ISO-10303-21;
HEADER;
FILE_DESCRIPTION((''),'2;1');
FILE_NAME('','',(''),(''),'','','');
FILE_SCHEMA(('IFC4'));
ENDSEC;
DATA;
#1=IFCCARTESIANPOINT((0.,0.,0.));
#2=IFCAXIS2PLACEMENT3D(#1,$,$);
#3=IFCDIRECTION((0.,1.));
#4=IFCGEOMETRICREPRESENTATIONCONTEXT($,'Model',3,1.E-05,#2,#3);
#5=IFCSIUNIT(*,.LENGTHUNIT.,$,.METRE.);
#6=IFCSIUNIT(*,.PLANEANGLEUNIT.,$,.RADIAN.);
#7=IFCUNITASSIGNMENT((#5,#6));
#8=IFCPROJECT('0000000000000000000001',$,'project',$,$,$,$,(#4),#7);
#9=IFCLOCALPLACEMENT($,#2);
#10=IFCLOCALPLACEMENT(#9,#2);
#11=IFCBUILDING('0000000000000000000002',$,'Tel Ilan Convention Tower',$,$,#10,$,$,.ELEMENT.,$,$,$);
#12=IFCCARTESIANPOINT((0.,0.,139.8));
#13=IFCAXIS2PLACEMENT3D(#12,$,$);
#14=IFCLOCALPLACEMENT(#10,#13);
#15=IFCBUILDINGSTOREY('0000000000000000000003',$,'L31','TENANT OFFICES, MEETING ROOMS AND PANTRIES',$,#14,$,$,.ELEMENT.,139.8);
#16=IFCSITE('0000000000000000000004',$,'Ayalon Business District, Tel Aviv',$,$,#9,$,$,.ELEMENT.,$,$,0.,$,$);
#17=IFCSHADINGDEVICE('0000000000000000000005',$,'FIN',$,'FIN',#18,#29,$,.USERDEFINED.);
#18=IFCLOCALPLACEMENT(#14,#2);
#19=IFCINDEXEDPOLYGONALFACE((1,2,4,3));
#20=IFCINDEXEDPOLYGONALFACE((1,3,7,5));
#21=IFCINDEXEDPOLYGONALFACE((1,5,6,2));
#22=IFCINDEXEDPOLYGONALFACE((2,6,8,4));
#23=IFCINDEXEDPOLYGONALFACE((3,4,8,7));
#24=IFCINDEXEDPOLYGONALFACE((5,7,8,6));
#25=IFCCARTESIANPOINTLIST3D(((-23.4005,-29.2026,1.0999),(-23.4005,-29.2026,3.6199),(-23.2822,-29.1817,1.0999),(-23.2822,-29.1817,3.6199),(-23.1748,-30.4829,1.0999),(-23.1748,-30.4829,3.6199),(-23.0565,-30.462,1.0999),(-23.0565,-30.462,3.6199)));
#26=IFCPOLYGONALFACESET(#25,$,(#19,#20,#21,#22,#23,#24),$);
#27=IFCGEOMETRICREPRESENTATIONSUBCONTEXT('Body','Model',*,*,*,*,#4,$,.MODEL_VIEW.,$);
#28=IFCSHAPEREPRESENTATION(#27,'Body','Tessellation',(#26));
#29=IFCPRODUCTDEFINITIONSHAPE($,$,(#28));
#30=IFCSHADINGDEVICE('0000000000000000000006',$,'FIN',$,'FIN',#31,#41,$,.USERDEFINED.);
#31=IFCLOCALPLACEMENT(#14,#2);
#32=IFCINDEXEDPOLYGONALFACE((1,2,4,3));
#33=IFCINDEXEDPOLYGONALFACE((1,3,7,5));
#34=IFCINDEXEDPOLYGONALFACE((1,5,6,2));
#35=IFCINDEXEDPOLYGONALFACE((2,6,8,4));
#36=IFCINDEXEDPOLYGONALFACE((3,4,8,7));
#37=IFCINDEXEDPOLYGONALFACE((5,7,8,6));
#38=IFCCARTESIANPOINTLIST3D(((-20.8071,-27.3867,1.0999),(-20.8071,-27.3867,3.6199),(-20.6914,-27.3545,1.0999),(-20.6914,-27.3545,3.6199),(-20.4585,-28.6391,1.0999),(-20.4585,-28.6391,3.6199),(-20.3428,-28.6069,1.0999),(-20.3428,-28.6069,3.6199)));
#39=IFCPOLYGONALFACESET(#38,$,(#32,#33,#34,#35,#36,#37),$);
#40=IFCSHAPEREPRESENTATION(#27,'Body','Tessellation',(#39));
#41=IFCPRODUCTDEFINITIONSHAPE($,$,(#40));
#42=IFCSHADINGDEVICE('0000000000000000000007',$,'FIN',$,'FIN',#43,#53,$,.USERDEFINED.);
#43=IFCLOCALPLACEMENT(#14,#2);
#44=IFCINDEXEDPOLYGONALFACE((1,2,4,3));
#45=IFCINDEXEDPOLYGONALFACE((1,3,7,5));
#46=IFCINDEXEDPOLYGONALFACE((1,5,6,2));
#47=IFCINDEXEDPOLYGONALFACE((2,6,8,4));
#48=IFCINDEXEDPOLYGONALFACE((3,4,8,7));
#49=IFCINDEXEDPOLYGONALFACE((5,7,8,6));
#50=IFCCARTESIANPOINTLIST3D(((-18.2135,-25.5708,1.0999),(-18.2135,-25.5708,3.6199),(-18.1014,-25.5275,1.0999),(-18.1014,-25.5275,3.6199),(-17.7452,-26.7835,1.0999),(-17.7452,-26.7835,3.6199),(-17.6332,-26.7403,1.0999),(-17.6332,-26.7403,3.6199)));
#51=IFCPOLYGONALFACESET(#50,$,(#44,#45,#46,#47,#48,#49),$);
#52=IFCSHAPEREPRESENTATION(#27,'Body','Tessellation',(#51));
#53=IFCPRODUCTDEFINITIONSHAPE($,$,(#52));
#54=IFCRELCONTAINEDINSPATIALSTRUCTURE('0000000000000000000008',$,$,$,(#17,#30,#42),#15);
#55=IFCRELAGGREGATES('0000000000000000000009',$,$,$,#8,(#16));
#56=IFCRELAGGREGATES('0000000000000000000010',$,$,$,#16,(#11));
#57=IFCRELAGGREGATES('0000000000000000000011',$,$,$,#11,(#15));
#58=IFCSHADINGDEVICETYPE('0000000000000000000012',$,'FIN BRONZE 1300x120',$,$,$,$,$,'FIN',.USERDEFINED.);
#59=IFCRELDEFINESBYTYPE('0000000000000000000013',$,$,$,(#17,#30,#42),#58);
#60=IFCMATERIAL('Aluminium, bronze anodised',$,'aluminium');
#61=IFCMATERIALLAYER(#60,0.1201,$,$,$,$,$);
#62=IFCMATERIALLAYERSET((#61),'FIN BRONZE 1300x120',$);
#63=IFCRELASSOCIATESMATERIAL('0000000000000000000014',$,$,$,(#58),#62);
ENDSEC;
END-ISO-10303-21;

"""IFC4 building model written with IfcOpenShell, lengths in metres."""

from ifc_helpers import new_model, si_unit, direction, frame, origin, origin_2d, place, context, subcontext, project, spatial, rectangle, extrude, material, layer, layer_set, type_object, element, save


model = new_model("IFC4")

# Units and contexts
model_context = context("Model", 3, precision=1e-05, world=origin(), true_north=direction((0.0, 1.0)))
body_context = subcontext(model_context, "Body", "Model", "MODEL_VIEW")
ifc_project = project(units=[si_unit("LENGTHUNIT", "METRE"), si_unit("PLANEANGLEUNIT", "RADIAN")], contexts=[model_context])

# Site, building, storey
site_placement = place(None, origin())
site = spatial("IfcSite", under=ifc_project, at=site_placement, Name="Ayalon Business District, Tel Aviv", CompositionType="ELEMENT", RefElevation=0.0)
building_placement = place(site_placement, origin())
building = spatial("IfcBuilding", under=site, at=building_placement, Name="Tel Ilan Convention Tower", CompositionType="ELEMENT")
storey_placement = place(building_placement, frame((0.0, 0.0, 139.8)))
storey = spatial("IfcBuildingStorey", under=building, at=storey_placement, Name="L31", Description="TENANT OFFICES, MEETING ROOMS AND PANTRIES", CompositionType="ELEMENT", Elevation=139.8)

# Shading devices
ifc_material_1 = material(Name="Aluminium, bronze anodised", Category="aluminium")
ifc_layer_1 = layer(ifc_material_1, 0.1201)
ifc_layer_set_1 = layer_set([ifc_layer_1], Name="FIN BRONZE 1300x120")
shading_device_type = type_object("IfcShadingDeviceType", Name="FIN BRONZE 1300x120", ElementType="FIN", PredefinedType="USERDEFINED", material=ifc_layer_set_1)
for number, where, z_axis, x_axis, name in (
    (1, (-23.2285, -29.8323, 1.0999), (0.0, 0.0, 1.0), (0.173648, -0.984808, 0.0), "FIN"),
    (2, (-20.575, -27.9968, 1.0999), (0.0, 0.0, 1.0), (0.268173, -0.963371, 0.0), "FIN"),
    (3, (-17.9233, -26.1555, 1.0999), (0.0, 0.0, 1.0), (0.360178, -0.932884, 0.0), "FIN"),
):
    element("IfcShadingDevice", number, at=place(storey_placement, frame(where, z_axis=z_axis, x_axis=x_axis)), inside=storey, type_object=shading_device_type, Name=name, ObjectType="FIN", PredefinedType="USERDEFINED", context=body_context, shape_type="SweptSolid", body=[
        extrude(rectangle(XDim=1.3, YDim=0.1201, at=origin_2d()), origin(), (0.0, 0.0, 1.0), 2.52),
    ])

save(model, "model.ifc")
